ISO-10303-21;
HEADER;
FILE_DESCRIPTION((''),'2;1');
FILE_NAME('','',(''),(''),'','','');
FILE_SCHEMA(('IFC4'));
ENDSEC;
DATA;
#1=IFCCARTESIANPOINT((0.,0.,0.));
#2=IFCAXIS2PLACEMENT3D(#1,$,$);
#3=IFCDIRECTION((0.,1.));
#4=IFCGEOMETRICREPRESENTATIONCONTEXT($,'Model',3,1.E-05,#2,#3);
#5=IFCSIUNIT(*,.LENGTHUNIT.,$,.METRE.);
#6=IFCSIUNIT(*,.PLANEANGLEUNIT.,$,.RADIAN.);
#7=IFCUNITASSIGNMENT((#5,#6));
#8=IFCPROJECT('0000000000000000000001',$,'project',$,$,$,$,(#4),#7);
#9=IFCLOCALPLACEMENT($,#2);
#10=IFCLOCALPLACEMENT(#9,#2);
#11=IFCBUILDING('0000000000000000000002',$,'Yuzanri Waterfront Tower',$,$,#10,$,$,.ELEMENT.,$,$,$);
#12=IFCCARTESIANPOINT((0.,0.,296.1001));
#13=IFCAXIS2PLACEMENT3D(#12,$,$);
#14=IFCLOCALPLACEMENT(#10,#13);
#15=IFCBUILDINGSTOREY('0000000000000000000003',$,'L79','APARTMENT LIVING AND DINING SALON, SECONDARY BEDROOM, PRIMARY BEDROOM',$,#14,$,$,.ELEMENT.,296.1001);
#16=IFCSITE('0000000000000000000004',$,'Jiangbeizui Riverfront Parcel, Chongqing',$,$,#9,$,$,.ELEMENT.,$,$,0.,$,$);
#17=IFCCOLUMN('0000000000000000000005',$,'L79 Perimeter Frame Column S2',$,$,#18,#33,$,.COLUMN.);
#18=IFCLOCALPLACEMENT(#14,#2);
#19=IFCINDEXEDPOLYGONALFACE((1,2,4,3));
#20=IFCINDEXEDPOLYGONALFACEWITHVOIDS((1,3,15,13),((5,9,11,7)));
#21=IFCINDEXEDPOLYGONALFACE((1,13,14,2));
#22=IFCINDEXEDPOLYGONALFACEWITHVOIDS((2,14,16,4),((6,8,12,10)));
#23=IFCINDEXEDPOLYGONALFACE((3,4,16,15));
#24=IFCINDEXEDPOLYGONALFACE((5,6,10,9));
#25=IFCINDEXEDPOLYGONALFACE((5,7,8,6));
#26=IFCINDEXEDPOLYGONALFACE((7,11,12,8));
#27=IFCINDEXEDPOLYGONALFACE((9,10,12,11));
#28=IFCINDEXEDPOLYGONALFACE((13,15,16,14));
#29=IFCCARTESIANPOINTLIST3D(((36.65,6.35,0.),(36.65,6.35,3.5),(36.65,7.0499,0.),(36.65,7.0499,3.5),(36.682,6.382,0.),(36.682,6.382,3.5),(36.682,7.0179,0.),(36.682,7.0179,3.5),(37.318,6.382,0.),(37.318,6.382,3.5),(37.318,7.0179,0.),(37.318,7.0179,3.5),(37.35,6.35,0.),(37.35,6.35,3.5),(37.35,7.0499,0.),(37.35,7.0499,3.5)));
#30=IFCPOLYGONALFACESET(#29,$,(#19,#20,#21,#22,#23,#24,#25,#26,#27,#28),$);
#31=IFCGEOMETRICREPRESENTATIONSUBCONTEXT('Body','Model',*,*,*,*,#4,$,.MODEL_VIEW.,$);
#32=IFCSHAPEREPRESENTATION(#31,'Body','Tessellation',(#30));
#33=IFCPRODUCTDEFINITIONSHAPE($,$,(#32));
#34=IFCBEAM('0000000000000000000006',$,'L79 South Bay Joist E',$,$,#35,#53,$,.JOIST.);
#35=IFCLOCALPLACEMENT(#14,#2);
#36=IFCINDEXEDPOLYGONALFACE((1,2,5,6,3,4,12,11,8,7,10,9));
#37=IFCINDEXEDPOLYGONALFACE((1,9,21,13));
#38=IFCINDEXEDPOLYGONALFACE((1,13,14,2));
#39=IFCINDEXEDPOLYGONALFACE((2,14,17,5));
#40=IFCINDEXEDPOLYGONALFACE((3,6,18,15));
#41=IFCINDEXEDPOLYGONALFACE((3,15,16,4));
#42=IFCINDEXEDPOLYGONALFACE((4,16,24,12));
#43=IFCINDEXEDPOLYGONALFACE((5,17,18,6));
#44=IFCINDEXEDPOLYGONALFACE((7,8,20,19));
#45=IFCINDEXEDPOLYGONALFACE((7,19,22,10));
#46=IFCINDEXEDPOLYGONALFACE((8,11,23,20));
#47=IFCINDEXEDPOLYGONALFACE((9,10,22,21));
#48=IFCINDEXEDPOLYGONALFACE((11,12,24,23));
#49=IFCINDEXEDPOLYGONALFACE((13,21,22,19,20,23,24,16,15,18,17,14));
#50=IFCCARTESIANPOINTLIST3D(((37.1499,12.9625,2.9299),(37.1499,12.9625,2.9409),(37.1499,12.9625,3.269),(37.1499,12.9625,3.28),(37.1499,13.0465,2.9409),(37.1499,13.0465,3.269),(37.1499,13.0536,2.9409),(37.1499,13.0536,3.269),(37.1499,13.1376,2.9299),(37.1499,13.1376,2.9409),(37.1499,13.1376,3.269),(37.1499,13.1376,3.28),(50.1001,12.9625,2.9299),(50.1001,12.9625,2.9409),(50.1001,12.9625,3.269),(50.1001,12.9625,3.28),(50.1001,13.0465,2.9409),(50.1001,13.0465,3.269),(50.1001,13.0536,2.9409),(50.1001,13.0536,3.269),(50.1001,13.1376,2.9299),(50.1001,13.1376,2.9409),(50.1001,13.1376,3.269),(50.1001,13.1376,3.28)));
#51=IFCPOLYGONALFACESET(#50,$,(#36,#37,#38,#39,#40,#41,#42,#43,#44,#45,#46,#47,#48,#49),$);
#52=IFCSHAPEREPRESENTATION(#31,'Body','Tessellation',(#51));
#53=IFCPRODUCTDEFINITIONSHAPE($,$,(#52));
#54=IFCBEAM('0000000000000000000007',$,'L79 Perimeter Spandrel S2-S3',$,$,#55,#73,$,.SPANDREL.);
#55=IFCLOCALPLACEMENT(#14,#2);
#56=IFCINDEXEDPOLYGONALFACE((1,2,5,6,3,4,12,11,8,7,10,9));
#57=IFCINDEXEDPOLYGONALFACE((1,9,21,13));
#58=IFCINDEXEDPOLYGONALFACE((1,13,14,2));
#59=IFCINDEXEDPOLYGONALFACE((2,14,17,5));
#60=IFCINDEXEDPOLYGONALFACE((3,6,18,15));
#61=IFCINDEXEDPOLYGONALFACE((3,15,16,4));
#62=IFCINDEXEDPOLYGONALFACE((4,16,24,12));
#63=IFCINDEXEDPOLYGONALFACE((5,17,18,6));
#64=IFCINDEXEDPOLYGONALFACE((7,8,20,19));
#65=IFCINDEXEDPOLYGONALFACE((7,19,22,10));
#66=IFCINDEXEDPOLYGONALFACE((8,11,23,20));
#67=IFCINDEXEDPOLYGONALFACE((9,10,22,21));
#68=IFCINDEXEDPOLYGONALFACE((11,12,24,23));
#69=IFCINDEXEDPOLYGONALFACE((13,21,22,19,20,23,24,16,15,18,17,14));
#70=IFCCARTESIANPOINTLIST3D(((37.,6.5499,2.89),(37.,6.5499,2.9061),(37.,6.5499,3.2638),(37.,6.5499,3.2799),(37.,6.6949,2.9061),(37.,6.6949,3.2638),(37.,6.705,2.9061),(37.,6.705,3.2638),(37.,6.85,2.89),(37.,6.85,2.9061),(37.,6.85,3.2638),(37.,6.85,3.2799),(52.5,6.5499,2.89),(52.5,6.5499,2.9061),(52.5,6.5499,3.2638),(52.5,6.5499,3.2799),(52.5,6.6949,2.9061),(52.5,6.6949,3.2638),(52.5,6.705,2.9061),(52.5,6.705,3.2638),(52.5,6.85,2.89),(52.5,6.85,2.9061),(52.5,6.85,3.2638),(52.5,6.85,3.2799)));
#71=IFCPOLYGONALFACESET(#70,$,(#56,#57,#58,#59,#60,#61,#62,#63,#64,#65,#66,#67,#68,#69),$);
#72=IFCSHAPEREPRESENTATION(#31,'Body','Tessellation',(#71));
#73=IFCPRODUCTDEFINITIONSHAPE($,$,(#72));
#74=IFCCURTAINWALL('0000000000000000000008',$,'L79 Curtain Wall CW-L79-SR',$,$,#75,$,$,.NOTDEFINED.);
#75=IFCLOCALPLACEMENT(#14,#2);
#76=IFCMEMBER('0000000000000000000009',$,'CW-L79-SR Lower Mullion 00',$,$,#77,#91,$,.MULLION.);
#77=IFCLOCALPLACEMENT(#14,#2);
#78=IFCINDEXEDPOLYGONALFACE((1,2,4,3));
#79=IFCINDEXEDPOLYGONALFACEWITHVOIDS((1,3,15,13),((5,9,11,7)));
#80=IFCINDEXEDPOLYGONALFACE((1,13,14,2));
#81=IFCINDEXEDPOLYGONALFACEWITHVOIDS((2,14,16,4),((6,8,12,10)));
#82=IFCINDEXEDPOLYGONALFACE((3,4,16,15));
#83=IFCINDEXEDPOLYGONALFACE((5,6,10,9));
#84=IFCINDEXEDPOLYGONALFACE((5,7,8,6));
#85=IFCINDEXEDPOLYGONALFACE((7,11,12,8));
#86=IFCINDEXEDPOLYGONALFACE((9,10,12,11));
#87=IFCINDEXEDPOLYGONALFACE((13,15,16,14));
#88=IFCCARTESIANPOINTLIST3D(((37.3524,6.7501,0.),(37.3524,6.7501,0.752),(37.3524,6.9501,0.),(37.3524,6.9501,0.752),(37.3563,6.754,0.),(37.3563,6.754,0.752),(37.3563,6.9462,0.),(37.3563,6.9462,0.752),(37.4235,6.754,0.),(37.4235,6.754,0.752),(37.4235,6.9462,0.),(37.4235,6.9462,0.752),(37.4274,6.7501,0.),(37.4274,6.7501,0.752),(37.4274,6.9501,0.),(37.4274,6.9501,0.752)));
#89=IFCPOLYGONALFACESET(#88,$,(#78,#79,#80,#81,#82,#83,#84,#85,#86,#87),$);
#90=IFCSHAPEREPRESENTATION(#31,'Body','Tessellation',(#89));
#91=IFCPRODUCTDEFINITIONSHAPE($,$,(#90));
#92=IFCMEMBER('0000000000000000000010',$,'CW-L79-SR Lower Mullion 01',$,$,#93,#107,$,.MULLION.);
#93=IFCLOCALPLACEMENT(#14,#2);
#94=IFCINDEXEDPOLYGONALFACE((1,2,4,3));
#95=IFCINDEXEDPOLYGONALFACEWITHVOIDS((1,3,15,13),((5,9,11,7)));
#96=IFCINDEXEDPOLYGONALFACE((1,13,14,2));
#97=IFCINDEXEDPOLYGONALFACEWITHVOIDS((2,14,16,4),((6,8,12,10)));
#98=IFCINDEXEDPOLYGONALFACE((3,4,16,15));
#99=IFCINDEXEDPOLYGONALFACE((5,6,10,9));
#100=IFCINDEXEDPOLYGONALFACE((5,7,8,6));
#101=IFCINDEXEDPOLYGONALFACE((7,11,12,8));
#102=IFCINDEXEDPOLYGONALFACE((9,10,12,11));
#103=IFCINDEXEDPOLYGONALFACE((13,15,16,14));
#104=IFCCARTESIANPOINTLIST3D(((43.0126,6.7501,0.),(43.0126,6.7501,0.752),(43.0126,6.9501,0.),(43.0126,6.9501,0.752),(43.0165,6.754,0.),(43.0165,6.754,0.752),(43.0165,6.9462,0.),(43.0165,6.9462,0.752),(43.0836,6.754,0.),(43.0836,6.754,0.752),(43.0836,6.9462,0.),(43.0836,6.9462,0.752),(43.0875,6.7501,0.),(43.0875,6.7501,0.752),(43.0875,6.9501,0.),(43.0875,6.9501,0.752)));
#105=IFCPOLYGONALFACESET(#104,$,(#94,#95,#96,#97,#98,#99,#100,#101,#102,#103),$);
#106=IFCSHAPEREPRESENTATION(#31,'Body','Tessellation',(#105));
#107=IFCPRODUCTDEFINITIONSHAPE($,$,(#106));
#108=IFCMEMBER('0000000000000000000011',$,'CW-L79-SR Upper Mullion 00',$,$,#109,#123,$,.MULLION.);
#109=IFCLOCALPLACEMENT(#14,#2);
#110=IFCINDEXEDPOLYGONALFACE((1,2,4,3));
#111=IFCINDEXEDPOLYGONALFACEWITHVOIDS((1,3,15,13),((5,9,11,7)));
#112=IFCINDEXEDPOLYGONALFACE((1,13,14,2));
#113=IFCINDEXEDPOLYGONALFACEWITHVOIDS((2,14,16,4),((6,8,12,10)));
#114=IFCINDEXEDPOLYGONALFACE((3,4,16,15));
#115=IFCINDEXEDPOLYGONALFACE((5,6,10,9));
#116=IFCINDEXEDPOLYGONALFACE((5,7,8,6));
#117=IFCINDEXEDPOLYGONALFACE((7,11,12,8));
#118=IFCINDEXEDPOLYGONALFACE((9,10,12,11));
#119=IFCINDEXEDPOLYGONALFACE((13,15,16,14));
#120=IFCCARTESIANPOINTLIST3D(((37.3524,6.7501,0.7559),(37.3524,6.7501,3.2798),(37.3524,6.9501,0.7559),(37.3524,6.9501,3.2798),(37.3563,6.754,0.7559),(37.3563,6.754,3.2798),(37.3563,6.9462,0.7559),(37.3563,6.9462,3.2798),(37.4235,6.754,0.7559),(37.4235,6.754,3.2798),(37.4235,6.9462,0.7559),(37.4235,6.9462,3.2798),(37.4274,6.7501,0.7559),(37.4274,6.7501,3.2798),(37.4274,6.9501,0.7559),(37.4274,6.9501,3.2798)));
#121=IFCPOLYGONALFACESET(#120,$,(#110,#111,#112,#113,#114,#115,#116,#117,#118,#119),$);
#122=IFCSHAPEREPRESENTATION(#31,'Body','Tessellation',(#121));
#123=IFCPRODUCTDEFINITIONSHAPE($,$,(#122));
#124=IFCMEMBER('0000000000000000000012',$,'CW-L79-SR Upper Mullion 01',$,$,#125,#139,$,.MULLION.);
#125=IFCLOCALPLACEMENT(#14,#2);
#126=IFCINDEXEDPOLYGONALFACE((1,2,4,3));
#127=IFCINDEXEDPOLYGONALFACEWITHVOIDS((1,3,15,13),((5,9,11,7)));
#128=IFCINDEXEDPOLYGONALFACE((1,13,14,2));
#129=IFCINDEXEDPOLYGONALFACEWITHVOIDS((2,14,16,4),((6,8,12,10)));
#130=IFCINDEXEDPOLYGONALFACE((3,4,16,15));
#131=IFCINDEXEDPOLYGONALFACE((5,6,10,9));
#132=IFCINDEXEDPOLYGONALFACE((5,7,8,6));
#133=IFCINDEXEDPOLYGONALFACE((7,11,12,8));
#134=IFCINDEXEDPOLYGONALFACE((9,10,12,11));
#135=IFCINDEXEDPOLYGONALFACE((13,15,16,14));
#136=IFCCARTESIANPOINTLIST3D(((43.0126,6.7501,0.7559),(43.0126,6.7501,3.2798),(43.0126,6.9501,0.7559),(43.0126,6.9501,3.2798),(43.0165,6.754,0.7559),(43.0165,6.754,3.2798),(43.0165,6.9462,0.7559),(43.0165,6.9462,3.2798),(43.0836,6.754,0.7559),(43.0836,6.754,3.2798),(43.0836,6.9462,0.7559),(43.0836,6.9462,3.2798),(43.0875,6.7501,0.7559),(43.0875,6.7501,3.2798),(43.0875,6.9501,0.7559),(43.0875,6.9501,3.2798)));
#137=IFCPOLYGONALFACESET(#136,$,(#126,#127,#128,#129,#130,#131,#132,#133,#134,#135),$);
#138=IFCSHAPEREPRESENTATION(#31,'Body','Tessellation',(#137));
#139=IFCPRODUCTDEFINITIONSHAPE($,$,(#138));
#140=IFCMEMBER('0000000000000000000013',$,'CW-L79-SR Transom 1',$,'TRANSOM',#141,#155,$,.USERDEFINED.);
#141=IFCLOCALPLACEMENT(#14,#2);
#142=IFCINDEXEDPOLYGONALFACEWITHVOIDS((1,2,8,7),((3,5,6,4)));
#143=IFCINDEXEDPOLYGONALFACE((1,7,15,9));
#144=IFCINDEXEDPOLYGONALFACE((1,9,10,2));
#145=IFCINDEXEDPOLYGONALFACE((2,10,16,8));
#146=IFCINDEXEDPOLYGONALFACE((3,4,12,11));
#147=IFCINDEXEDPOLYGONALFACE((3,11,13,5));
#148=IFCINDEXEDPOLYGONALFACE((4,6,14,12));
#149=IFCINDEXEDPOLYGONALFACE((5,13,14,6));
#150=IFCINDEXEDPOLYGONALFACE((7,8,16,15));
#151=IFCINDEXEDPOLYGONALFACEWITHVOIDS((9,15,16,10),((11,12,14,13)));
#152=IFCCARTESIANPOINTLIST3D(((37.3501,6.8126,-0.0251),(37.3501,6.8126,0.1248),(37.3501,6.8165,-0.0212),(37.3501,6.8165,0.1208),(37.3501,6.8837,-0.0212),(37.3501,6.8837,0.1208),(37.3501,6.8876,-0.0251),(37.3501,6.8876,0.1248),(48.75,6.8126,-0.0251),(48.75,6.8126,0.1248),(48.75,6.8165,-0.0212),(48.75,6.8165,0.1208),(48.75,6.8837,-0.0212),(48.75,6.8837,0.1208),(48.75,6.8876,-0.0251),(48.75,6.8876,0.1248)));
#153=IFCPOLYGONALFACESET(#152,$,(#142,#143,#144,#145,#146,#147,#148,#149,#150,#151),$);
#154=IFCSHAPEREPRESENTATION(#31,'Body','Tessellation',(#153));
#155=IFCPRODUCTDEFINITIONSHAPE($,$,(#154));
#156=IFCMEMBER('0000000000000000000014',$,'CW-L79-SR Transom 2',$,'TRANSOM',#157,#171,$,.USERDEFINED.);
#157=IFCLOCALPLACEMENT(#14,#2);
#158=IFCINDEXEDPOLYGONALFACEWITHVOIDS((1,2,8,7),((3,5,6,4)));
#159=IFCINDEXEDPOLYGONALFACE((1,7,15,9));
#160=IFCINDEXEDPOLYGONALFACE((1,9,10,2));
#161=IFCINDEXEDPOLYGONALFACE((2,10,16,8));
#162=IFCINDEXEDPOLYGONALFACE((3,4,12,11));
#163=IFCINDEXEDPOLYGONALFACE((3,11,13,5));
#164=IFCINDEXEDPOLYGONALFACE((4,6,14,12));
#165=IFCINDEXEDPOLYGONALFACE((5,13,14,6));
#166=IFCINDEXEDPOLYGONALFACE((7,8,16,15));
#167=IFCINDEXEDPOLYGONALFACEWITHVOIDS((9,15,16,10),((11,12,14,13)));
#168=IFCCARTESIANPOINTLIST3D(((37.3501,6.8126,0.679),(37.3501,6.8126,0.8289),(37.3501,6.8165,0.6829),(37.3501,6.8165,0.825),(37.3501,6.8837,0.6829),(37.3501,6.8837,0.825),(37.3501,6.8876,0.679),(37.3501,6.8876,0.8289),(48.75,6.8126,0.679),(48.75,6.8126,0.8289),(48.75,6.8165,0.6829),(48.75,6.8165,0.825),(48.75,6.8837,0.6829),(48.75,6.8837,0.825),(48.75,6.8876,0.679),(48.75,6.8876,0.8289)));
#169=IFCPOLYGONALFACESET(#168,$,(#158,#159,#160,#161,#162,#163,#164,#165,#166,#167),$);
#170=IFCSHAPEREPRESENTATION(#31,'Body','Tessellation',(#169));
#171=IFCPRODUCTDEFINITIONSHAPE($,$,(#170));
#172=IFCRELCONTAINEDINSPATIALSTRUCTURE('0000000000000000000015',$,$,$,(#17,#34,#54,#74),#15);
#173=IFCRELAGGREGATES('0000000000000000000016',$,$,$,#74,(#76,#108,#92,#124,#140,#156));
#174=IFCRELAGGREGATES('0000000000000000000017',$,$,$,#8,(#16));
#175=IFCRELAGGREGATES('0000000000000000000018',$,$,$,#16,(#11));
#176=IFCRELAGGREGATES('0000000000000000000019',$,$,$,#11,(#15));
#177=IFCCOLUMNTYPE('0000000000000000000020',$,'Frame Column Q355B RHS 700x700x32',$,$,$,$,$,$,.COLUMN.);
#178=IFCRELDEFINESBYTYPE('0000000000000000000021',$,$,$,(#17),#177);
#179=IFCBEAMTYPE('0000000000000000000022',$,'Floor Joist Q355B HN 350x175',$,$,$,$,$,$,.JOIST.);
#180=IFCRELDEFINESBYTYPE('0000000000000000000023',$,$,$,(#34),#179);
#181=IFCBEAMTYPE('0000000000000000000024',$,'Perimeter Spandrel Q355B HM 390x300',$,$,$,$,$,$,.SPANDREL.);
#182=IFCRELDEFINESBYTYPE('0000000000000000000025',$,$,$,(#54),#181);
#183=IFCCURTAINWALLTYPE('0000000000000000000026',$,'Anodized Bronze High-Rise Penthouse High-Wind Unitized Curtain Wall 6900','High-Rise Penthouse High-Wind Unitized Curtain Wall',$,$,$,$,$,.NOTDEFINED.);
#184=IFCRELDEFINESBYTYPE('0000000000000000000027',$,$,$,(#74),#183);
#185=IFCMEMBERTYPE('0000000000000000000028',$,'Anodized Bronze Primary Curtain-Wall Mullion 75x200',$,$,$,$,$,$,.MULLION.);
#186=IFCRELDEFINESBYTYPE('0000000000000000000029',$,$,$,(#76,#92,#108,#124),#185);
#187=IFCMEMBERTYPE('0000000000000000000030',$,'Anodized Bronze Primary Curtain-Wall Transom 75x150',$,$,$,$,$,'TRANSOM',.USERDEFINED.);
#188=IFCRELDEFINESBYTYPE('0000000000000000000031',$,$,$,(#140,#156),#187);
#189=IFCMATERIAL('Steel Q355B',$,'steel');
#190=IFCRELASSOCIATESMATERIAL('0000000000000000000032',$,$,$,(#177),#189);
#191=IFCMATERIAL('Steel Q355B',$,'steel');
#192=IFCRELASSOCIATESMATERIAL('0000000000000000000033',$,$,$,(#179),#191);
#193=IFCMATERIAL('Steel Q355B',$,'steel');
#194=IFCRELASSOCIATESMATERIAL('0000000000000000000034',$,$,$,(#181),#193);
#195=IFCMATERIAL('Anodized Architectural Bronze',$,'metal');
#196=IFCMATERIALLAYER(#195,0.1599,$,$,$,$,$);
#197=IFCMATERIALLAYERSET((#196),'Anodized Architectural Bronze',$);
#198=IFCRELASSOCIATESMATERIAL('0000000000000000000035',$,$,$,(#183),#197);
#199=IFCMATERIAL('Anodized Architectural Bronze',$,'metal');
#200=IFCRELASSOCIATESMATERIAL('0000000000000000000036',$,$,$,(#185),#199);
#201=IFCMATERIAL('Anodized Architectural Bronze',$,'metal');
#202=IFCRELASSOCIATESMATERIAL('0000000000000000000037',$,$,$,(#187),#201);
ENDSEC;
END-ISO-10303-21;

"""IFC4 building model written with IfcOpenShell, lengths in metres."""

from ifc_helpers import new_model, si_unit, direction, frame, origin, origin_2d, place, context, subcontext, project, spatial, hollow_rectangle, i_section, extrude, source, transform, mapped, material, layer, layer_set, material_profile, profile_set, type_object, element, aggregate, save


model = new_model("IFC4")

# Units and contexts
model_context = context("Model", 3, precision=1e-05, world=origin(), true_north=direction((0.0, 1.0)))
body_context = subcontext(model_context, "Body", "Model", "MODEL_VIEW")
ifc_project = project(units=[si_unit("LENGTHUNIT", "METRE"), si_unit("PLANEANGLEUNIT", "RADIAN")], contexts=[model_context])

# Site, building, storey
site_placement = place(None, origin())
site = spatial("IfcSite", under=ifc_project, at=site_placement, Name="Jiangbeizui Riverfront Parcel, Chongqing", CompositionType="ELEMENT", RefElevation=0.0)
building_placement = place(site_placement, origin())
building = spatial("IfcBuilding", under=site, at=building_placement, Name="Yuzanri Waterfront Tower", CompositionType="ELEMENT")
storey_placement = place(building_placement, frame((0.0, 0.0, 296.1001)))
storey = spatial("IfcBuildingStorey", under=building, at=storey_placement, Name="L79", Description="APARTMENT LIVING AND DINING SALON, SECONDARY BEDROOM, PRIMARY BEDROOM", CompositionType="ELEMENT", Elevation=296.1001)

# Column
ifc_material_1 = material(Name="Steel Q355B", Category="steel")
ifc_material_profile_1 = material_profile(ifc_material_1, hollow_rectangle(XDim=0.7, YDim=0.7, WallThickness=0.032, at=origin_2d()), Name="RHS 700x700x32")
ifc_profile_set_1 = profile_set([ifc_material_profile_1], Name="Steel Q355B")
column_type = type_object("IfcColumnType", Name="Frame Column Q355B RHS 700x700x32", PredefinedType="COLUMN", material=ifc_profile_set_1)
shared_shape_1 = source(origin(), body_context, "Body", "SweptSolid", [
    extrude(hollow_rectangle(XDim=0.7, YDim=0.7, WallThickness=0.032, at=origin_2d()), origin(), (0.0, 0.0, 1.0), 3.5),
])
column_placement = place(storey_placement, frame((37.0, 6.7, 0.0), z_axis=(0.0, 0.0, 1.0), x_axis=(1.0, 0.0, 0.0)))
element("IfcColumn", 1, at=column_placement, inside=storey, type_object=column_type, Name="L79 Perimeter Frame Column S2", PredefinedType="COLUMN", context=body_context, shape_type="MappedRepresentation", body=[
    mapped(shared_shape_1, transform((0.0, 0.0, 0.0), scale=1.0)),
])

# Beams
ifc_material_2 = material(Name="Steel Q355B", Category="steel")
ifc_material_profile_2 = material_profile(ifc_material_2, i_section(OverallWidth=0.175, OverallDepth=0.3501, WebThickness=0.0071, FlangeThickness=0.011, at=origin_2d()), Name="HN 350x175x7x11")
ifc_profile_set_2 = profile_set([ifc_material_profile_2], Name="Steel Q355B")
beam_type_1 = type_object("IfcBeamType", Name="Floor Joist Q355B HN 350x175", PredefinedType="JOIST", material=ifc_profile_set_2)
shared_shape_2 = source(origin(), body_context, "Body", "SweptSolid", [
    extrude(i_section(OverallWidth=0.175, OverallDepth=0.3501, WebThickness=0.0071, FlangeThickness=0.011, at=origin_2d()), origin(), (0.0, 0.0, 1.0), 12.9502),
])
beam_1_placement = place(storey_placement, frame((37.1499, 13.05, 3.105), z_axis=(1.0, 0.0, 0.0), x_axis=(0.0, 1.0, 0.0)))
element("IfcBeam", 2, at=beam_1_placement, inside=storey, type_object=beam_type_1, Name="L79 South Bay Joist E", PredefinedType="JOIST", context=body_context, shape_type="MappedRepresentation", body=[
    mapped(shared_shape_2, transform((0.0, 0.0, 0.0), scale=1.0)),
])
ifc_material_3 = material(Name="Steel Q355B", Category="steel")
ifc_material_profile_3 = material_profile(ifc_material_3, i_section(OverallWidth=0.3, OverallDepth=0.3899, WebThickness=0.01, FlangeThickness=0.0161, at=origin_2d()), Name="HM 390x300x10x16")
ifc_profile_set_3 = profile_set([ifc_material_profile_3], Name="Steel Q355B")
beam_type_2 = type_object("IfcBeamType", Name="Perimeter Spandrel Q355B HM 390x300", PredefinedType="SPANDREL", material=ifc_profile_set_3)
shared_shape_3 = source(origin(), body_context, "Body", "SweptSolid", [
    extrude(i_section(OverallWidth=0.3, OverallDepth=0.3899, WebThickness=0.01, FlangeThickness=0.0161, at=origin_2d()), origin(), (0.0, 0.0, 1.0), 15.5),
])
beam_2_placement = place(storey_placement, frame((37.0, 6.7, 3.085), z_axis=(1.0, 0.0, 0.0), x_axis=(0.0, 1.0, 0.0)))
element("IfcBeam", 3, at=beam_2_placement, inside=storey, type_object=beam_type_2, Name="L79 Perimeter Spandrel S2-S3", PredefinedType="SPANDREL", context=body_context, shape_type="MappedRepresentation", body=[
    mapped(shared_shape_3, transform((0.0, 0.0, 0.0), scale=1.0)),
])

# Curtain wall, members
ifc_material_4 = material(Name="Anodized Architectural Bronze", Category="metal")
ifc_layer_1 = layer(ifc_material_4, 0.1599)
ifc_layer_set_1 = layer_set([ifc_layer_1], Name="Anodized Architectural Bronze")
curtain_wall_type = type_object("IfcCurtainWallType", Name="Anodized Bronze High-Rise Penthouse High-Wind Unitized Curtain Wall 6900", Description="High-Rise Penthouse High-Wind Unitized Curtain Wall", PredefinedType="NOTDEFINED", material=ifc_layer_set_1)
curtain_wall_placement = place(storey_placement, origin())
curtain_wall = element("IfcCurtainWall", 4, at=curtain_wall_placement, inside=storey, type_object=curtain_wall_type, Name="L79 Curtain Wall CW-L79-SR", PredefinedType="NOTDEFINED")
ifc_material_5 = material(Name="Anodized Architectural Bronze", Category="metal")
ifc_material_profile_4 = material_profile(ifc_material_5, hollow_rectangle(XDim=0.075, YDim=0.2, WallThickness=0.0039, at=origin_2d()), Name="CWM 75x200")
ifc_profile_set_4 = profile_set([ifc_material_profile_4], Name="Anodized Architectural Bronze")
member_type_1 = type_object("IfcMemberType", Name="Anodized Bronze Primary Curtain-Wall Mullion 75x200", PredefinedType="MULLION", material=ifc_profile_set_4)
shared_shape_4 = source(origin(), body_context, "Body", "SweptSolid", [
    extrude(hollow_rectangle(XDim=0.075, YDim=0.2, WallThickness=0.0039, at=origin_2d()), origin(), (0.0, 0.0, 1.0), 0.752),
])
member_1_placement = place(storey_placement, frame((37.3899, 6.8501, 0.0), z_axis=(0.0, 0.0, 1.0), x_axis=(1.0, 0.0, 0.0)))
member_1 = element("IfcMember", 5, at=member_1_placement, type_object=member_type_1, Name="CW-L79-SR Lower Mullion 00", PredefinedType="MULLION", context=body_context, shape_type="MappedRepresentation", body=[
    mapped(shared_shape_4, transform((0.0, 0.0, 0.0), scale=1.0)),
])
member_2_placement = place(storey_placement, frame((43.05, 6.8501, 0.0), z_axis=(0.0, 0.0, 1.0), x_axis=(1.0, 0.0, 0.0)))
member_2 = element("IfcMember", 6, at=member_2_placement, type_object=member_type_1, Name="CW-L79-SR Lower Mullion 01", PredefinedType="MULLION", context=body_context, shape_type="MappedRepresentation", body=[
    mapped(shared_shape_4, transform((0.0, 0.0, 0.0), scale=1.0)),
])
shared_shape_5 = source(origin(), body_context, "Body", "SweptSolid", [
    extrude(hollow_rectangle(XDim=0.075, YDim=0.2, WallThickness=0.0039, at=origin_2d()), origin(), (0.0, 0.0, 1.0), 2.5239),
])
member_3_placement = place(storey_placement, frame((37.3899, 6.8501, 0.7559), z_axis=(0.0, 0.0, 1.0), x_axis=(1.0, 0.0, 0.0)))
member_3 = element("IfcMember", 7, at=member_3_placement, type_object=member_type_1, Name="CW-L79-SR Upper Mullion 00", PredefinedType="MULLION", context=body_context, shape_type="MappedRepresentation", body=[
    mapped(shared_shape_5, transform((0.0, 0.0, 0.0), scale=1.0)),
])
member_4_placement = place(storey_placement, frame((43.05, 6.8501, 0.7559), z_axis=(0.0, 0.0, 1.0), x_axis=(1.0, 0.0, 0.0)))
member_4 = element("IfcMember", 8, at=member_4_placement, type_object=member_type_1, Name="CW-L79-SR Upper Mullion 01", PredefinedType="MULLION", context=body_context, shape_type="MappedRepresentation", body=[
    mapped(shared_shape_5, transform((0.0, 0.0, 0.0), scale=1.0)),
])
ifc_material_6 = material(Name="Anodized Architectural Bronze", Category="metal")
ifc_material_profile_5 = material_profile(ifc_material_6, hollow_rectangle(XDim=0.075, YDim=0.1499, WallThickness=0.0039, at=origin_2d()), Name="CWT 75x150")
ifc_profile_set_5 = profile_set([ifc_material_profile_5], Name="Anodized Architectural Bronze")
member_type_2 = type_object("IfcMemberType", Name="Anodized Bronze Primary Curtain-Wall Transom 75x150", ElementType="TRANSOM", PredefinedType="USERDEFINED", material=ifc_profile_set_5)
shared_shape_6 = source(origin(), body_context, "Body", "SweptSolid", [
    extrude(hollow_rectangle(XDim=0.075, YDim=0.1499, WallThickness=0.0039, at=origin_2d()), origin(), (0.0, 0.0, 1.0), 11.3999),
])
member_5_placement = place(storey_placement, frame((37.3501, 6.8501, 0.0498), z_axis=(1.0, 0.0, 0.0), x_axis=(0.0, 1.0, 0.0)))
member_5 = element("IfcMember", 9, at=member_5_placement, type_object=member_type_2, Name="CW-L79-SR Transom 1", ObjectType="TRANSOM", PredefinedType="USERDEFINED", context=body_context, shape_type="MappedRepresentation", body=[
    mapped(shared_shape_6, transform((0.0, 0.0, 0.0), scale=1.0)),
])
member_6_placement = place(storey_placement, frame((37.3501, 6.8501, 0.7539), z_axis=(1.0, 0.0, 0.0), x_axis=(0.0, 1.0, 0.0)))
member_6 = element("IfcMember", 10, at=member_6_placement, type_object=member_type_2, Name="CW-L79-SR Transom 2", ObjectType="TRANSOM", PredefinedType="USERDEFINED", context=body_context, shape_type="MappedRepresentation", body=[
    mapped(shared_shape_6, transform((0.0, 0.0, 0.0), scale=1.0)),
])
aggregate(curtain_wall, [member_1, member_3, member_2, member_4, member_5, member_6])

save(model, "model.ifc")
